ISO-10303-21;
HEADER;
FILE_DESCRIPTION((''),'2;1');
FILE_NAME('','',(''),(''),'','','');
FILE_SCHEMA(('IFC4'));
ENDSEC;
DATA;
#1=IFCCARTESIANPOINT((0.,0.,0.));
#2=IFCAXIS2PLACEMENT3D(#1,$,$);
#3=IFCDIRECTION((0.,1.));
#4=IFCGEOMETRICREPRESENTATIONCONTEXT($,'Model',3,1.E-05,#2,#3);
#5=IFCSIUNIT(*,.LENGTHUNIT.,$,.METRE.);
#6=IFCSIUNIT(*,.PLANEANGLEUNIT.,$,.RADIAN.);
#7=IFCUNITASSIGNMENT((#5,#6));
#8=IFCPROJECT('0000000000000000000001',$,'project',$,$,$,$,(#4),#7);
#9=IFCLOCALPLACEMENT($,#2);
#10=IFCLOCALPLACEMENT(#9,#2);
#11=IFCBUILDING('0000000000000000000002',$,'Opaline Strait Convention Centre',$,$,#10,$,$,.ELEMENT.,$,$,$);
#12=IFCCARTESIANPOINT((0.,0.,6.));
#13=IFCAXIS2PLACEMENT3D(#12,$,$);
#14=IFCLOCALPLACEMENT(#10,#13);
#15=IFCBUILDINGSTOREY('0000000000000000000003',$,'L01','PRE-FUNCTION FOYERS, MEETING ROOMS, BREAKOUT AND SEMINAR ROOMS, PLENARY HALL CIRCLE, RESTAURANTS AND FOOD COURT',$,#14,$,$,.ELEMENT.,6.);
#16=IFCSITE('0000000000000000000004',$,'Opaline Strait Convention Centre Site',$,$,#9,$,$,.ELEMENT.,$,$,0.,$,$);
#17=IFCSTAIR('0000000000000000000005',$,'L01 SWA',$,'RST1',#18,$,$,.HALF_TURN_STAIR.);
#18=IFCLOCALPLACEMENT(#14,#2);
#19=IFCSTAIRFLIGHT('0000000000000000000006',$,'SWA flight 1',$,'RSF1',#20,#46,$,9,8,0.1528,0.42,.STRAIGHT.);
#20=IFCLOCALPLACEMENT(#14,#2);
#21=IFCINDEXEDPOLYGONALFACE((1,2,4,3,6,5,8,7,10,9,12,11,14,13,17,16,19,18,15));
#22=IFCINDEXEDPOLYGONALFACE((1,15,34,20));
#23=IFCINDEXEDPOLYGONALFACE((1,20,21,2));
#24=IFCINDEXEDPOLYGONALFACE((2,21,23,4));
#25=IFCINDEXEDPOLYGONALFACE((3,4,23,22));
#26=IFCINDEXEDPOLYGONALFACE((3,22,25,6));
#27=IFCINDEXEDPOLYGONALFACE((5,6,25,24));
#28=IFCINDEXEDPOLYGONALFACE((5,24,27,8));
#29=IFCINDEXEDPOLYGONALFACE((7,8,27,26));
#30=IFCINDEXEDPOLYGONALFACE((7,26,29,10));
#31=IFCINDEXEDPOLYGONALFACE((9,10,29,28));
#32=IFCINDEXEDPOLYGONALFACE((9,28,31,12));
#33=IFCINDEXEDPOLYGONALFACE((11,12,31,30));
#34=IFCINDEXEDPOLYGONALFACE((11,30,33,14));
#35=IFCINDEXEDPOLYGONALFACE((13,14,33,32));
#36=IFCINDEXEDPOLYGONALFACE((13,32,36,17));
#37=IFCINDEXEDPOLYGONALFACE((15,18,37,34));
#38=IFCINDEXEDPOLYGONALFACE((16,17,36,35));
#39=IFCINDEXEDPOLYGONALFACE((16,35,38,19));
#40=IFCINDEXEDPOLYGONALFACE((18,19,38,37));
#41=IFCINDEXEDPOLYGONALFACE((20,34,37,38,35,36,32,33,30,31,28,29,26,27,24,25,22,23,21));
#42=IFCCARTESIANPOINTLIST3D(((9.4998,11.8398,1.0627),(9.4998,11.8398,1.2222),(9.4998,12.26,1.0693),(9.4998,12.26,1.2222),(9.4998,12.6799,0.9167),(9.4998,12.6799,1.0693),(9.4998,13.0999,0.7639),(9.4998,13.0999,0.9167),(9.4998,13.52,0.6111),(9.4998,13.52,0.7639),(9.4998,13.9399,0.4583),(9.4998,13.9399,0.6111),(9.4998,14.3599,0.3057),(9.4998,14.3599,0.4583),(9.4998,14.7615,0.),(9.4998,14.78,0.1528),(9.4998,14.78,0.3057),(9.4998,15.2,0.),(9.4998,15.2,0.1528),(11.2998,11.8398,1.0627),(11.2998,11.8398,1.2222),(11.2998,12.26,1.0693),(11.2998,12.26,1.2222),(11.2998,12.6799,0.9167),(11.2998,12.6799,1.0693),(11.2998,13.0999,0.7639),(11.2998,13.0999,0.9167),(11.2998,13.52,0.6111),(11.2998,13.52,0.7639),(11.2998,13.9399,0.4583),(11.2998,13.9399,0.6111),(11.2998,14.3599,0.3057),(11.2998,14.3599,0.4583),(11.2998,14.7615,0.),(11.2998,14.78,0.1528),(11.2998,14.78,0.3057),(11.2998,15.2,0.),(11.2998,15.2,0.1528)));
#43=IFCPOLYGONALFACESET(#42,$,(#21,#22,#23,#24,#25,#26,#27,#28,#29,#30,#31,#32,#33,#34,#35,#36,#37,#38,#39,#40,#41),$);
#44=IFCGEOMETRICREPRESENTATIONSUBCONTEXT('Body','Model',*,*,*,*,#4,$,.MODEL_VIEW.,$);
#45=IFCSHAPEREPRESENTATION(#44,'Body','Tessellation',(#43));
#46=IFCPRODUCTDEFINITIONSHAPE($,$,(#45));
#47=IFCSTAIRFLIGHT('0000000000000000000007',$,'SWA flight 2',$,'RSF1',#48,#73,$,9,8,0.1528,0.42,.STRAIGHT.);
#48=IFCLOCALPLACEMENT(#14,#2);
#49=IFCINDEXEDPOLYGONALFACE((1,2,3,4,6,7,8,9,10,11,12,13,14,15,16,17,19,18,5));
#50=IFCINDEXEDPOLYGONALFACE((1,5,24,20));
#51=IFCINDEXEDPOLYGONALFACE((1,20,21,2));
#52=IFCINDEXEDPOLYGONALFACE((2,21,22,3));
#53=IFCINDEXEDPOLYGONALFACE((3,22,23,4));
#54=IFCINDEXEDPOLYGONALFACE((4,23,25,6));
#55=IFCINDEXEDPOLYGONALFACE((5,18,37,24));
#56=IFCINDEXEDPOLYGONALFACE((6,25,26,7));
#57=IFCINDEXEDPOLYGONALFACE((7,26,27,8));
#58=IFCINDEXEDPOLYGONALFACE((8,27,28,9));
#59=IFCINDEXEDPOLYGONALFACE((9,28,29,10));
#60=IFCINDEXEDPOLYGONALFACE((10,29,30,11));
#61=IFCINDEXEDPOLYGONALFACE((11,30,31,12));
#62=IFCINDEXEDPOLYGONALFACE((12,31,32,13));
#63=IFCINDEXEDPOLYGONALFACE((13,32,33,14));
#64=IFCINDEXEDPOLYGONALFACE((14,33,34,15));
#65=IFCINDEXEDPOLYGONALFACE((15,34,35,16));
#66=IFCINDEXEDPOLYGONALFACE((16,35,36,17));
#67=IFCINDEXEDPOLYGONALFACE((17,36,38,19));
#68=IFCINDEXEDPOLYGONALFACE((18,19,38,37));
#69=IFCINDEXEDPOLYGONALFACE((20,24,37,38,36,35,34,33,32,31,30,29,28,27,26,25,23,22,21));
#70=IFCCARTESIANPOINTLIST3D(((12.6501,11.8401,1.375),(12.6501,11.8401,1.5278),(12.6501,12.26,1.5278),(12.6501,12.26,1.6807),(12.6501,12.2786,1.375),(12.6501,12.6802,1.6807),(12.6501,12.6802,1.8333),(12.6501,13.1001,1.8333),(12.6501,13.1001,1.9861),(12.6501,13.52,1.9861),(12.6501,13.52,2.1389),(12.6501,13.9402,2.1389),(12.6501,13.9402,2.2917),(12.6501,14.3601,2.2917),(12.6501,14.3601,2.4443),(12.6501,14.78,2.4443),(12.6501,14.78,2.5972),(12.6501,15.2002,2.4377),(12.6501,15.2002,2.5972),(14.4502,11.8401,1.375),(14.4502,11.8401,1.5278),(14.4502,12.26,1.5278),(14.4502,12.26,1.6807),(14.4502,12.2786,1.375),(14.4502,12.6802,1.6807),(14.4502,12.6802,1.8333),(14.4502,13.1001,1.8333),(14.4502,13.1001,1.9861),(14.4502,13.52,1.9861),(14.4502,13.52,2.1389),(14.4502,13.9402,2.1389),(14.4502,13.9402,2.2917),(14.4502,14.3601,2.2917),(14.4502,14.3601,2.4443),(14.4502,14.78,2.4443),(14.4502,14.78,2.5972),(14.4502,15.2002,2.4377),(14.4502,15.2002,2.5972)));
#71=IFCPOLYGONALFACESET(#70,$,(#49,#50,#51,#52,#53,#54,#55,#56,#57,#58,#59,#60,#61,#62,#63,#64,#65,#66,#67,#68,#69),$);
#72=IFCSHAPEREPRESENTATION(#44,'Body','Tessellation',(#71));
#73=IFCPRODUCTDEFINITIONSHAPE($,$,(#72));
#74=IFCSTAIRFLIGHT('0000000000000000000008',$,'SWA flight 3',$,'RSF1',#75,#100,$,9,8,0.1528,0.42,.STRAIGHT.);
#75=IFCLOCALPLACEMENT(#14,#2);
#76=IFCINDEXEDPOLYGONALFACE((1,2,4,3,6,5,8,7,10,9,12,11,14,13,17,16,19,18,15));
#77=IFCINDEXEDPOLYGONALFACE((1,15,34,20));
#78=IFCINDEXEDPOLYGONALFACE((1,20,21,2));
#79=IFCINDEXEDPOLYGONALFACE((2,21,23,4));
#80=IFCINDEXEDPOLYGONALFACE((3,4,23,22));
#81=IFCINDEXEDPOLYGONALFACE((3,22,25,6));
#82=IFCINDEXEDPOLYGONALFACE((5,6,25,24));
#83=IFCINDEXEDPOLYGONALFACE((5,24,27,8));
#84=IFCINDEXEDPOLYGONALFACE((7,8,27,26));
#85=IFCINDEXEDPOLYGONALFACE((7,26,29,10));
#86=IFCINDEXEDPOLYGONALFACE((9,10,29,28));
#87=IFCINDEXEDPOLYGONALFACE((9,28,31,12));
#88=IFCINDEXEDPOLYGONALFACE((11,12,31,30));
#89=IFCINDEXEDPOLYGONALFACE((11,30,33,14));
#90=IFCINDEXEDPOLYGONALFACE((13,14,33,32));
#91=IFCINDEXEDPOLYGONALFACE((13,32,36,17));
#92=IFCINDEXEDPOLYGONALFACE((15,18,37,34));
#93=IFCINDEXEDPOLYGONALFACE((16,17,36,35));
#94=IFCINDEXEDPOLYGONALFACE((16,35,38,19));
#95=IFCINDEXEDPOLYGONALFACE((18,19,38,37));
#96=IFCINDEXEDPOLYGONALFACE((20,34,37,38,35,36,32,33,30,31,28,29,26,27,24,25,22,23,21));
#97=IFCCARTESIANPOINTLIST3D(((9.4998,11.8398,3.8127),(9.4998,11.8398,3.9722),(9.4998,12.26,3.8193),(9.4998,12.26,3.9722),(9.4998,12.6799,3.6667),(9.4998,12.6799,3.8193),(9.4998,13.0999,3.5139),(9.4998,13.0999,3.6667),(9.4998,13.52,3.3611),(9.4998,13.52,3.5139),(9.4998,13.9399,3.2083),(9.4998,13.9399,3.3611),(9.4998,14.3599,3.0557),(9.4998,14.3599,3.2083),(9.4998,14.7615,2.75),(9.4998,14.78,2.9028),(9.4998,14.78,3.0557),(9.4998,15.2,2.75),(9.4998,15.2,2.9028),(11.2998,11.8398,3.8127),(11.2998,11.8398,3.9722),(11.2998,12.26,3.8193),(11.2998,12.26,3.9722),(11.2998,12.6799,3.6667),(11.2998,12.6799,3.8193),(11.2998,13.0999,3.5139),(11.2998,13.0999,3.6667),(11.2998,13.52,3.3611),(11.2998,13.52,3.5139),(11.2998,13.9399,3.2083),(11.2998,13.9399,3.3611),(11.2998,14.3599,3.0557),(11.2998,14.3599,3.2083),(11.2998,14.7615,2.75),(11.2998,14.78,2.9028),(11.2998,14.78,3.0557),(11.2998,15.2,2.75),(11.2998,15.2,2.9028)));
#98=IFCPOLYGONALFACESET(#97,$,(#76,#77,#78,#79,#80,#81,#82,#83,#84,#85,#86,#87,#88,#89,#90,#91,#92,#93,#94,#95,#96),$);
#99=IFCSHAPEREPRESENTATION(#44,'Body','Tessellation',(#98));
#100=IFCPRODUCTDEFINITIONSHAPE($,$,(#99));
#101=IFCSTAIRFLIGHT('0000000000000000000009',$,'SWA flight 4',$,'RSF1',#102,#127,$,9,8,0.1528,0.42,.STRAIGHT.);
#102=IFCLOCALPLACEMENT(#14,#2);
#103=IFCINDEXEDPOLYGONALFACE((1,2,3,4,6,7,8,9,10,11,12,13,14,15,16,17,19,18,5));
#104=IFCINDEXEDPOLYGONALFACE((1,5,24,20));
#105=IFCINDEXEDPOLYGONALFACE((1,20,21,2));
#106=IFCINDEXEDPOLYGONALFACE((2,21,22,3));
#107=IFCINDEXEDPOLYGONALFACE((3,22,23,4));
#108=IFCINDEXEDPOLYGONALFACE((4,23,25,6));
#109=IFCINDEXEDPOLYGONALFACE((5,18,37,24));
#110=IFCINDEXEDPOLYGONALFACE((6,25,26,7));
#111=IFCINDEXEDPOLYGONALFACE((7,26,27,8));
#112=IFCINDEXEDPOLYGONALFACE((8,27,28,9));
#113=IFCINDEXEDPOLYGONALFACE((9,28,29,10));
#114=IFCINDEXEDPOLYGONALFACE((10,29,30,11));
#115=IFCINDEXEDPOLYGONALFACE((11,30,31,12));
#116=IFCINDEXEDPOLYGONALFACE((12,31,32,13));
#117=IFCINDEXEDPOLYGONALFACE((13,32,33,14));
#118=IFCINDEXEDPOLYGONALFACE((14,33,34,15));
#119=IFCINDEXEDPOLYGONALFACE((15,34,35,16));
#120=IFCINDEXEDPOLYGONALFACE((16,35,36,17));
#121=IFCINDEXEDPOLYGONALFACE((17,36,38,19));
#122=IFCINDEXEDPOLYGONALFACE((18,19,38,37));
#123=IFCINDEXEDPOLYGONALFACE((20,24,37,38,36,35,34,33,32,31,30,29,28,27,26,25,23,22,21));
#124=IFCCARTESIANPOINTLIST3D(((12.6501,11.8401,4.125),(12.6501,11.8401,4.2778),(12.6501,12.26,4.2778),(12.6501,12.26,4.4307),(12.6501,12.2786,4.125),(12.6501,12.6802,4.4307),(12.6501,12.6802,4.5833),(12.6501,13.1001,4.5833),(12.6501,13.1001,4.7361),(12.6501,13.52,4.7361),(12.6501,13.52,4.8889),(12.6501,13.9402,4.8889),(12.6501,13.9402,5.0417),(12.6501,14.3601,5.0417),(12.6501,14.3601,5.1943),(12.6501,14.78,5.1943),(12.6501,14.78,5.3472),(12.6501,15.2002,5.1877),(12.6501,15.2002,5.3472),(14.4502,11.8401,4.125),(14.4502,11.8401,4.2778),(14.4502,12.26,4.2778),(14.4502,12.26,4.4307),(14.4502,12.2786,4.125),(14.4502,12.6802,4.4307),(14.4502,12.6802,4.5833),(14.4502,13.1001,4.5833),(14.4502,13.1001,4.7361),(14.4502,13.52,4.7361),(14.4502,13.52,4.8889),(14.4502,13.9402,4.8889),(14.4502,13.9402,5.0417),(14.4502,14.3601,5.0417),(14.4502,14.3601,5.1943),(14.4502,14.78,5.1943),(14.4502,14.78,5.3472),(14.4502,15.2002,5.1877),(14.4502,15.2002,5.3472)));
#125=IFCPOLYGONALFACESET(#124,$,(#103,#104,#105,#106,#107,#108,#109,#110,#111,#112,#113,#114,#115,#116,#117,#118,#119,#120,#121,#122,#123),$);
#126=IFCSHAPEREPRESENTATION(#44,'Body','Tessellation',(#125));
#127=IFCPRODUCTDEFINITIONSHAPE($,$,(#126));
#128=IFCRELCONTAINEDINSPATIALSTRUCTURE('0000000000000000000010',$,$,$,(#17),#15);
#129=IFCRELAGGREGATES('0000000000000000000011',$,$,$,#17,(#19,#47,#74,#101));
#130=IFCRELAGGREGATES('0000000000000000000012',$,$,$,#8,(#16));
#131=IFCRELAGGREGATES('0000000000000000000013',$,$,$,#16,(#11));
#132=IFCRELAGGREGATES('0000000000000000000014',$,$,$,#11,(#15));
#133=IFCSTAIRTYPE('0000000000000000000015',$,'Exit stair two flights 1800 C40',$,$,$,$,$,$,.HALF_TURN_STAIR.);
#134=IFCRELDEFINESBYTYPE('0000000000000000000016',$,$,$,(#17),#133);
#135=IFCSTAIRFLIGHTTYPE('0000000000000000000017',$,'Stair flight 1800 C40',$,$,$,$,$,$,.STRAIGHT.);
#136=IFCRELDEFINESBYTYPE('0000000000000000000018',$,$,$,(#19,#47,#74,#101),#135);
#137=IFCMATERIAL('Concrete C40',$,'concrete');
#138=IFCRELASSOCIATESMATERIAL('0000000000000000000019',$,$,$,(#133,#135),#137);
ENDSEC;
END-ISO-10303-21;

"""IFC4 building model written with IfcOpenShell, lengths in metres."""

from ifc_helpers import new_model, si_unit, direction, frame, origin, place, context, subcontext, project, spatial, polyline, outline, extrude, material, type_object, element, aggregate, save


model = new_model("IFC4")

# Units and contexts
model_context = context("Model", 3, precision=1e-05, world=origin(), true_north=direction((0.0, 1.0)))
body_context = subcontext(model_context, "Body", "Model", "MODEL_VIEW")
ifc_project = project(units=[si_unit("LENGTHUNIT", "METRE"), si_unit("PLANEANGLEUNIT", "RADIAN")], contexts=[model_context])

# Site, building, storey
site_placement = place(None, origin())
site = spatial("IfcSite", under=ifc_project, at=site_placement, Name="Opaline Strait Convention Centre Site", CompositionType="ELEMENT", RefElevation=0.0)
building_placement = place(site_placement, origin())
building = spatial("IfcBuilding", under=site, at=building_placement, Name="Opaline Strait Convention Centre", CompositionType="ELEMENT")
storey_placement = place(building_placement, frame((0.0, 0.0, 6.0)))
storey = spatial("IfcBuildingStorey", under=building, at=storey_placement, Name="L01", Description="PRE-FUNCTION FOYERS, MEETING ROOMS, BREAKOUT AND SEMINAR ROOMS, PLENARY HALL CIRCLE, RESTAURANTS AND FOOD COURT", CompositionType="ELEMENT", Elevation=6.0)

# Shared definitions
ifc_material_1 = material(Name="Concrete C40", Category="concrete")

# Stair, stair flights
stair_type = type_object("IfcStairType", Name="Exit stair two flights 1800 C40", PredefinedType="HALF_TURN_STAIR", material=ifc_material_1)
stair_placement = place(storey_placement, origin())
stair = element("IfcStair", 1, at=stair_placement, inside=storey, type_object=stair_type, Name="L01 SWA", ObjectType="RST1", PredefinedType="HALF_TURN_STAIR")
stair_flight_type = type_object("IfcStairFlightType", Name="Stair flight 1800 C40", PredefinedType="STRAIGHT", material=ifc_material_1)
stair_flight_1_placement = place(storey_placement, frame((10.3999, 15.2, 0.0), z_axis=(0.0, 0.0, 1.0), x_axis=(0.0, -1.0, 0.0)))
stair_flight_1 = element("IfcStairFlight", 2, at=stair_flight_1_placement, type_object=stair_flight_type, Name="SWA flight 1", ObjectType="RSF1", NumberOfRisers=9, NumberOfTreads=8, PredefinedType="STRAIGHT", RiserHeight=0.1528, TreadLength=0.42, context=body_context, shape_type="SweptSolid", body=[
    extrude(outline(polyline([(0.0, 0.0), (0.0, 0.1528), (0.4199, 0.1528), (0.4199, 0.3057), (0.8401, 0.3057), (0.8401, 0.4583), (1.26, 0.4583), (1.26, 0.6111), (1.6799, 0.6111), (1.6799, 0.7639), (2.1001, 0.7639), (2.1001, 0.9167), (2.52, 0.9167), (2.52, 1.0693), (2.9399, 1.0693), (2.9399, 1.2222), (3.3601, 1.2222), (3.3601, 1.375), (3.3601, 1.0627), (0.4385, 0.0), (0.0, 0.0)])), frame((0.0, 0.8999, 0.0), z_axis=(0.0, -1.0, 0.0), x_axis=(1.0, 0.0, 0.0)), (0.0, 0.0, 1.0), 1.8),
])
stair_flight_2_placement = place(storey_placement, frame((13.55, 11.8401, 1.375), z_axis=(0.0, 0.0, 1.0), x_axis=(0.0, 1.0, 0.0)))
stair_flight_2 = element("IfcStairFlight", 3, at=stair_flight_2_placement, type_object=stair_flight_type, Name="SWA flight 2", ObjectType="RSF1", NumberOfRisers=9, NumberOfTreads=8, PredefinedType="STRAIGHT", RiserHeight=0.1528, TreadLength=0.42, context=body_context, shape_type="SweptSolid", body=[
    extrude(outline(polyline([(0.0, 0.0), (0.0, 0.1528), (0.4199, 0.1528), (0.4199, 0.3057), (0.8401, 0.3057), (0.8401, 0.4583), (1.26, 0.4583), (1.26, 0.6111), (1.6799, 0.6111), (1.6799, 0.7639), (2.1001, 0.7639), (2.1001, 0.9167), (2.52, 0.9167), (2.52, 1.0693), (2.9399, 1.0693), (2.9399, 1.2222), (3.3601, 1.2222), (3.3601, 1.375), (3.3601, 1.0627), (0.4385, 0.0), (0.0, 0.0)])), frame((0.0, 0.8999, 0.0), z_axis=(0.0, -1.0, 0.0), x_axis=(1.0, 0.0, 0.0)), (0.0, 0.0, 1.0), 1.8),
])
stair_flight_3_placement = place(storey_placement, frame((10.3999, 15.2, 2.75), z_axis=(0.0, 0.0, 1.0), x_axis=(0.0, -1.0, 0.0)))
stair_flight_3 = element("IfcStairFlight", 4, at=stair_flight_3_placement, type_object=stair_flight_type, Name="SWA flight 3", ObjectType="RSF1", NumberOfRisers=9, NumberOfTreads=8, PredefinedType="STRAIGHT", RiserHeight=0.1528, TreadLength=0.42, context=body_context, shape_type="SweptSolid", body=[
    extrude(outline(polyline([(0.0, 0.0), (0.0, 0.1528), (0.4199, 0.1528), (0.4199, 0.3057), (0.8401, 0.3057), (0.8401, 0.4583), (1.26, 0.4583), (1.26, 0.6111), (1.6799, 0.6111), (1.6799, 0.7639), (2.1001, 0.7639), (2.1001, 0.9167), (2.52, 0.9167), (2.52, 1.0693), (2.9399, 1.0693), (2.9399, 1.2222), (3.3601, 1.2222), (3.3601, 1.375), (3.3601, 1.0627), (0.4385, 0.0), (0.0, 0.0)])), frame((0.0, 0.8999, 0.0), z_axis=(0.0, -1.0, 0.0), x_axis=(1.0, 0.0, 0.0)), (0.0, 0.0, 1.0), 1.8),
])
stair_flight_4_placement = place(storey_placement, frame((13.55, 11.8401, 4.125), z_axis=(0.0, 0.0, 1.0), x_axis=(0.0, 1.0, 0.0)))
stair_flight_4 = element("IfcStairFlight", 5, at=stair_flight_4_placement, type_object=stair_flight_type, Name="SWA flight 4", ObjectType="RSF1", NumberOfRisers=9, NumberOfTreads=8, PredefinedType="STRAIGHT", RiserHeight=0.1528, TreadLength=0.42, context=body_context, shape_type="SweptSolid", body=[
    extrude(outline(polyline([(0.0, 0.0), (0.0, 0.1528), (0.4199, 0.1528), (0.4199, 0.3057), (0.8401, 0.3057), (0.8401, 0.4583), (1.26, 0.4583), (1.26, 0.6111), (1.6799, 0.6111), (1.6799, 0.7639), (2.1001, 0.7639), (2.1001, 0.9167), (2.52, 0.9167), (2.52, 1.0693), (2.9399, 1.0693), (2.9399, 1.2222), (3.3601, 1.2222), (3.3601, 1.375), (3.3601, 1.0627), (0.4385, 0.0), (0.0, 0.0)])), frame((0.0, 0.8999, 0.0), z_axis=(0.0, -1.0, 0.0), x_axis=(1.0, 0.0, 0.0)), (0.0, 0.0, 1.0), 1.8),
])
aggregate(stair, [stair_flight_1, stair_flight_2, stair_flight_3, stair_flight_4])

save(model, "model.ifc")
